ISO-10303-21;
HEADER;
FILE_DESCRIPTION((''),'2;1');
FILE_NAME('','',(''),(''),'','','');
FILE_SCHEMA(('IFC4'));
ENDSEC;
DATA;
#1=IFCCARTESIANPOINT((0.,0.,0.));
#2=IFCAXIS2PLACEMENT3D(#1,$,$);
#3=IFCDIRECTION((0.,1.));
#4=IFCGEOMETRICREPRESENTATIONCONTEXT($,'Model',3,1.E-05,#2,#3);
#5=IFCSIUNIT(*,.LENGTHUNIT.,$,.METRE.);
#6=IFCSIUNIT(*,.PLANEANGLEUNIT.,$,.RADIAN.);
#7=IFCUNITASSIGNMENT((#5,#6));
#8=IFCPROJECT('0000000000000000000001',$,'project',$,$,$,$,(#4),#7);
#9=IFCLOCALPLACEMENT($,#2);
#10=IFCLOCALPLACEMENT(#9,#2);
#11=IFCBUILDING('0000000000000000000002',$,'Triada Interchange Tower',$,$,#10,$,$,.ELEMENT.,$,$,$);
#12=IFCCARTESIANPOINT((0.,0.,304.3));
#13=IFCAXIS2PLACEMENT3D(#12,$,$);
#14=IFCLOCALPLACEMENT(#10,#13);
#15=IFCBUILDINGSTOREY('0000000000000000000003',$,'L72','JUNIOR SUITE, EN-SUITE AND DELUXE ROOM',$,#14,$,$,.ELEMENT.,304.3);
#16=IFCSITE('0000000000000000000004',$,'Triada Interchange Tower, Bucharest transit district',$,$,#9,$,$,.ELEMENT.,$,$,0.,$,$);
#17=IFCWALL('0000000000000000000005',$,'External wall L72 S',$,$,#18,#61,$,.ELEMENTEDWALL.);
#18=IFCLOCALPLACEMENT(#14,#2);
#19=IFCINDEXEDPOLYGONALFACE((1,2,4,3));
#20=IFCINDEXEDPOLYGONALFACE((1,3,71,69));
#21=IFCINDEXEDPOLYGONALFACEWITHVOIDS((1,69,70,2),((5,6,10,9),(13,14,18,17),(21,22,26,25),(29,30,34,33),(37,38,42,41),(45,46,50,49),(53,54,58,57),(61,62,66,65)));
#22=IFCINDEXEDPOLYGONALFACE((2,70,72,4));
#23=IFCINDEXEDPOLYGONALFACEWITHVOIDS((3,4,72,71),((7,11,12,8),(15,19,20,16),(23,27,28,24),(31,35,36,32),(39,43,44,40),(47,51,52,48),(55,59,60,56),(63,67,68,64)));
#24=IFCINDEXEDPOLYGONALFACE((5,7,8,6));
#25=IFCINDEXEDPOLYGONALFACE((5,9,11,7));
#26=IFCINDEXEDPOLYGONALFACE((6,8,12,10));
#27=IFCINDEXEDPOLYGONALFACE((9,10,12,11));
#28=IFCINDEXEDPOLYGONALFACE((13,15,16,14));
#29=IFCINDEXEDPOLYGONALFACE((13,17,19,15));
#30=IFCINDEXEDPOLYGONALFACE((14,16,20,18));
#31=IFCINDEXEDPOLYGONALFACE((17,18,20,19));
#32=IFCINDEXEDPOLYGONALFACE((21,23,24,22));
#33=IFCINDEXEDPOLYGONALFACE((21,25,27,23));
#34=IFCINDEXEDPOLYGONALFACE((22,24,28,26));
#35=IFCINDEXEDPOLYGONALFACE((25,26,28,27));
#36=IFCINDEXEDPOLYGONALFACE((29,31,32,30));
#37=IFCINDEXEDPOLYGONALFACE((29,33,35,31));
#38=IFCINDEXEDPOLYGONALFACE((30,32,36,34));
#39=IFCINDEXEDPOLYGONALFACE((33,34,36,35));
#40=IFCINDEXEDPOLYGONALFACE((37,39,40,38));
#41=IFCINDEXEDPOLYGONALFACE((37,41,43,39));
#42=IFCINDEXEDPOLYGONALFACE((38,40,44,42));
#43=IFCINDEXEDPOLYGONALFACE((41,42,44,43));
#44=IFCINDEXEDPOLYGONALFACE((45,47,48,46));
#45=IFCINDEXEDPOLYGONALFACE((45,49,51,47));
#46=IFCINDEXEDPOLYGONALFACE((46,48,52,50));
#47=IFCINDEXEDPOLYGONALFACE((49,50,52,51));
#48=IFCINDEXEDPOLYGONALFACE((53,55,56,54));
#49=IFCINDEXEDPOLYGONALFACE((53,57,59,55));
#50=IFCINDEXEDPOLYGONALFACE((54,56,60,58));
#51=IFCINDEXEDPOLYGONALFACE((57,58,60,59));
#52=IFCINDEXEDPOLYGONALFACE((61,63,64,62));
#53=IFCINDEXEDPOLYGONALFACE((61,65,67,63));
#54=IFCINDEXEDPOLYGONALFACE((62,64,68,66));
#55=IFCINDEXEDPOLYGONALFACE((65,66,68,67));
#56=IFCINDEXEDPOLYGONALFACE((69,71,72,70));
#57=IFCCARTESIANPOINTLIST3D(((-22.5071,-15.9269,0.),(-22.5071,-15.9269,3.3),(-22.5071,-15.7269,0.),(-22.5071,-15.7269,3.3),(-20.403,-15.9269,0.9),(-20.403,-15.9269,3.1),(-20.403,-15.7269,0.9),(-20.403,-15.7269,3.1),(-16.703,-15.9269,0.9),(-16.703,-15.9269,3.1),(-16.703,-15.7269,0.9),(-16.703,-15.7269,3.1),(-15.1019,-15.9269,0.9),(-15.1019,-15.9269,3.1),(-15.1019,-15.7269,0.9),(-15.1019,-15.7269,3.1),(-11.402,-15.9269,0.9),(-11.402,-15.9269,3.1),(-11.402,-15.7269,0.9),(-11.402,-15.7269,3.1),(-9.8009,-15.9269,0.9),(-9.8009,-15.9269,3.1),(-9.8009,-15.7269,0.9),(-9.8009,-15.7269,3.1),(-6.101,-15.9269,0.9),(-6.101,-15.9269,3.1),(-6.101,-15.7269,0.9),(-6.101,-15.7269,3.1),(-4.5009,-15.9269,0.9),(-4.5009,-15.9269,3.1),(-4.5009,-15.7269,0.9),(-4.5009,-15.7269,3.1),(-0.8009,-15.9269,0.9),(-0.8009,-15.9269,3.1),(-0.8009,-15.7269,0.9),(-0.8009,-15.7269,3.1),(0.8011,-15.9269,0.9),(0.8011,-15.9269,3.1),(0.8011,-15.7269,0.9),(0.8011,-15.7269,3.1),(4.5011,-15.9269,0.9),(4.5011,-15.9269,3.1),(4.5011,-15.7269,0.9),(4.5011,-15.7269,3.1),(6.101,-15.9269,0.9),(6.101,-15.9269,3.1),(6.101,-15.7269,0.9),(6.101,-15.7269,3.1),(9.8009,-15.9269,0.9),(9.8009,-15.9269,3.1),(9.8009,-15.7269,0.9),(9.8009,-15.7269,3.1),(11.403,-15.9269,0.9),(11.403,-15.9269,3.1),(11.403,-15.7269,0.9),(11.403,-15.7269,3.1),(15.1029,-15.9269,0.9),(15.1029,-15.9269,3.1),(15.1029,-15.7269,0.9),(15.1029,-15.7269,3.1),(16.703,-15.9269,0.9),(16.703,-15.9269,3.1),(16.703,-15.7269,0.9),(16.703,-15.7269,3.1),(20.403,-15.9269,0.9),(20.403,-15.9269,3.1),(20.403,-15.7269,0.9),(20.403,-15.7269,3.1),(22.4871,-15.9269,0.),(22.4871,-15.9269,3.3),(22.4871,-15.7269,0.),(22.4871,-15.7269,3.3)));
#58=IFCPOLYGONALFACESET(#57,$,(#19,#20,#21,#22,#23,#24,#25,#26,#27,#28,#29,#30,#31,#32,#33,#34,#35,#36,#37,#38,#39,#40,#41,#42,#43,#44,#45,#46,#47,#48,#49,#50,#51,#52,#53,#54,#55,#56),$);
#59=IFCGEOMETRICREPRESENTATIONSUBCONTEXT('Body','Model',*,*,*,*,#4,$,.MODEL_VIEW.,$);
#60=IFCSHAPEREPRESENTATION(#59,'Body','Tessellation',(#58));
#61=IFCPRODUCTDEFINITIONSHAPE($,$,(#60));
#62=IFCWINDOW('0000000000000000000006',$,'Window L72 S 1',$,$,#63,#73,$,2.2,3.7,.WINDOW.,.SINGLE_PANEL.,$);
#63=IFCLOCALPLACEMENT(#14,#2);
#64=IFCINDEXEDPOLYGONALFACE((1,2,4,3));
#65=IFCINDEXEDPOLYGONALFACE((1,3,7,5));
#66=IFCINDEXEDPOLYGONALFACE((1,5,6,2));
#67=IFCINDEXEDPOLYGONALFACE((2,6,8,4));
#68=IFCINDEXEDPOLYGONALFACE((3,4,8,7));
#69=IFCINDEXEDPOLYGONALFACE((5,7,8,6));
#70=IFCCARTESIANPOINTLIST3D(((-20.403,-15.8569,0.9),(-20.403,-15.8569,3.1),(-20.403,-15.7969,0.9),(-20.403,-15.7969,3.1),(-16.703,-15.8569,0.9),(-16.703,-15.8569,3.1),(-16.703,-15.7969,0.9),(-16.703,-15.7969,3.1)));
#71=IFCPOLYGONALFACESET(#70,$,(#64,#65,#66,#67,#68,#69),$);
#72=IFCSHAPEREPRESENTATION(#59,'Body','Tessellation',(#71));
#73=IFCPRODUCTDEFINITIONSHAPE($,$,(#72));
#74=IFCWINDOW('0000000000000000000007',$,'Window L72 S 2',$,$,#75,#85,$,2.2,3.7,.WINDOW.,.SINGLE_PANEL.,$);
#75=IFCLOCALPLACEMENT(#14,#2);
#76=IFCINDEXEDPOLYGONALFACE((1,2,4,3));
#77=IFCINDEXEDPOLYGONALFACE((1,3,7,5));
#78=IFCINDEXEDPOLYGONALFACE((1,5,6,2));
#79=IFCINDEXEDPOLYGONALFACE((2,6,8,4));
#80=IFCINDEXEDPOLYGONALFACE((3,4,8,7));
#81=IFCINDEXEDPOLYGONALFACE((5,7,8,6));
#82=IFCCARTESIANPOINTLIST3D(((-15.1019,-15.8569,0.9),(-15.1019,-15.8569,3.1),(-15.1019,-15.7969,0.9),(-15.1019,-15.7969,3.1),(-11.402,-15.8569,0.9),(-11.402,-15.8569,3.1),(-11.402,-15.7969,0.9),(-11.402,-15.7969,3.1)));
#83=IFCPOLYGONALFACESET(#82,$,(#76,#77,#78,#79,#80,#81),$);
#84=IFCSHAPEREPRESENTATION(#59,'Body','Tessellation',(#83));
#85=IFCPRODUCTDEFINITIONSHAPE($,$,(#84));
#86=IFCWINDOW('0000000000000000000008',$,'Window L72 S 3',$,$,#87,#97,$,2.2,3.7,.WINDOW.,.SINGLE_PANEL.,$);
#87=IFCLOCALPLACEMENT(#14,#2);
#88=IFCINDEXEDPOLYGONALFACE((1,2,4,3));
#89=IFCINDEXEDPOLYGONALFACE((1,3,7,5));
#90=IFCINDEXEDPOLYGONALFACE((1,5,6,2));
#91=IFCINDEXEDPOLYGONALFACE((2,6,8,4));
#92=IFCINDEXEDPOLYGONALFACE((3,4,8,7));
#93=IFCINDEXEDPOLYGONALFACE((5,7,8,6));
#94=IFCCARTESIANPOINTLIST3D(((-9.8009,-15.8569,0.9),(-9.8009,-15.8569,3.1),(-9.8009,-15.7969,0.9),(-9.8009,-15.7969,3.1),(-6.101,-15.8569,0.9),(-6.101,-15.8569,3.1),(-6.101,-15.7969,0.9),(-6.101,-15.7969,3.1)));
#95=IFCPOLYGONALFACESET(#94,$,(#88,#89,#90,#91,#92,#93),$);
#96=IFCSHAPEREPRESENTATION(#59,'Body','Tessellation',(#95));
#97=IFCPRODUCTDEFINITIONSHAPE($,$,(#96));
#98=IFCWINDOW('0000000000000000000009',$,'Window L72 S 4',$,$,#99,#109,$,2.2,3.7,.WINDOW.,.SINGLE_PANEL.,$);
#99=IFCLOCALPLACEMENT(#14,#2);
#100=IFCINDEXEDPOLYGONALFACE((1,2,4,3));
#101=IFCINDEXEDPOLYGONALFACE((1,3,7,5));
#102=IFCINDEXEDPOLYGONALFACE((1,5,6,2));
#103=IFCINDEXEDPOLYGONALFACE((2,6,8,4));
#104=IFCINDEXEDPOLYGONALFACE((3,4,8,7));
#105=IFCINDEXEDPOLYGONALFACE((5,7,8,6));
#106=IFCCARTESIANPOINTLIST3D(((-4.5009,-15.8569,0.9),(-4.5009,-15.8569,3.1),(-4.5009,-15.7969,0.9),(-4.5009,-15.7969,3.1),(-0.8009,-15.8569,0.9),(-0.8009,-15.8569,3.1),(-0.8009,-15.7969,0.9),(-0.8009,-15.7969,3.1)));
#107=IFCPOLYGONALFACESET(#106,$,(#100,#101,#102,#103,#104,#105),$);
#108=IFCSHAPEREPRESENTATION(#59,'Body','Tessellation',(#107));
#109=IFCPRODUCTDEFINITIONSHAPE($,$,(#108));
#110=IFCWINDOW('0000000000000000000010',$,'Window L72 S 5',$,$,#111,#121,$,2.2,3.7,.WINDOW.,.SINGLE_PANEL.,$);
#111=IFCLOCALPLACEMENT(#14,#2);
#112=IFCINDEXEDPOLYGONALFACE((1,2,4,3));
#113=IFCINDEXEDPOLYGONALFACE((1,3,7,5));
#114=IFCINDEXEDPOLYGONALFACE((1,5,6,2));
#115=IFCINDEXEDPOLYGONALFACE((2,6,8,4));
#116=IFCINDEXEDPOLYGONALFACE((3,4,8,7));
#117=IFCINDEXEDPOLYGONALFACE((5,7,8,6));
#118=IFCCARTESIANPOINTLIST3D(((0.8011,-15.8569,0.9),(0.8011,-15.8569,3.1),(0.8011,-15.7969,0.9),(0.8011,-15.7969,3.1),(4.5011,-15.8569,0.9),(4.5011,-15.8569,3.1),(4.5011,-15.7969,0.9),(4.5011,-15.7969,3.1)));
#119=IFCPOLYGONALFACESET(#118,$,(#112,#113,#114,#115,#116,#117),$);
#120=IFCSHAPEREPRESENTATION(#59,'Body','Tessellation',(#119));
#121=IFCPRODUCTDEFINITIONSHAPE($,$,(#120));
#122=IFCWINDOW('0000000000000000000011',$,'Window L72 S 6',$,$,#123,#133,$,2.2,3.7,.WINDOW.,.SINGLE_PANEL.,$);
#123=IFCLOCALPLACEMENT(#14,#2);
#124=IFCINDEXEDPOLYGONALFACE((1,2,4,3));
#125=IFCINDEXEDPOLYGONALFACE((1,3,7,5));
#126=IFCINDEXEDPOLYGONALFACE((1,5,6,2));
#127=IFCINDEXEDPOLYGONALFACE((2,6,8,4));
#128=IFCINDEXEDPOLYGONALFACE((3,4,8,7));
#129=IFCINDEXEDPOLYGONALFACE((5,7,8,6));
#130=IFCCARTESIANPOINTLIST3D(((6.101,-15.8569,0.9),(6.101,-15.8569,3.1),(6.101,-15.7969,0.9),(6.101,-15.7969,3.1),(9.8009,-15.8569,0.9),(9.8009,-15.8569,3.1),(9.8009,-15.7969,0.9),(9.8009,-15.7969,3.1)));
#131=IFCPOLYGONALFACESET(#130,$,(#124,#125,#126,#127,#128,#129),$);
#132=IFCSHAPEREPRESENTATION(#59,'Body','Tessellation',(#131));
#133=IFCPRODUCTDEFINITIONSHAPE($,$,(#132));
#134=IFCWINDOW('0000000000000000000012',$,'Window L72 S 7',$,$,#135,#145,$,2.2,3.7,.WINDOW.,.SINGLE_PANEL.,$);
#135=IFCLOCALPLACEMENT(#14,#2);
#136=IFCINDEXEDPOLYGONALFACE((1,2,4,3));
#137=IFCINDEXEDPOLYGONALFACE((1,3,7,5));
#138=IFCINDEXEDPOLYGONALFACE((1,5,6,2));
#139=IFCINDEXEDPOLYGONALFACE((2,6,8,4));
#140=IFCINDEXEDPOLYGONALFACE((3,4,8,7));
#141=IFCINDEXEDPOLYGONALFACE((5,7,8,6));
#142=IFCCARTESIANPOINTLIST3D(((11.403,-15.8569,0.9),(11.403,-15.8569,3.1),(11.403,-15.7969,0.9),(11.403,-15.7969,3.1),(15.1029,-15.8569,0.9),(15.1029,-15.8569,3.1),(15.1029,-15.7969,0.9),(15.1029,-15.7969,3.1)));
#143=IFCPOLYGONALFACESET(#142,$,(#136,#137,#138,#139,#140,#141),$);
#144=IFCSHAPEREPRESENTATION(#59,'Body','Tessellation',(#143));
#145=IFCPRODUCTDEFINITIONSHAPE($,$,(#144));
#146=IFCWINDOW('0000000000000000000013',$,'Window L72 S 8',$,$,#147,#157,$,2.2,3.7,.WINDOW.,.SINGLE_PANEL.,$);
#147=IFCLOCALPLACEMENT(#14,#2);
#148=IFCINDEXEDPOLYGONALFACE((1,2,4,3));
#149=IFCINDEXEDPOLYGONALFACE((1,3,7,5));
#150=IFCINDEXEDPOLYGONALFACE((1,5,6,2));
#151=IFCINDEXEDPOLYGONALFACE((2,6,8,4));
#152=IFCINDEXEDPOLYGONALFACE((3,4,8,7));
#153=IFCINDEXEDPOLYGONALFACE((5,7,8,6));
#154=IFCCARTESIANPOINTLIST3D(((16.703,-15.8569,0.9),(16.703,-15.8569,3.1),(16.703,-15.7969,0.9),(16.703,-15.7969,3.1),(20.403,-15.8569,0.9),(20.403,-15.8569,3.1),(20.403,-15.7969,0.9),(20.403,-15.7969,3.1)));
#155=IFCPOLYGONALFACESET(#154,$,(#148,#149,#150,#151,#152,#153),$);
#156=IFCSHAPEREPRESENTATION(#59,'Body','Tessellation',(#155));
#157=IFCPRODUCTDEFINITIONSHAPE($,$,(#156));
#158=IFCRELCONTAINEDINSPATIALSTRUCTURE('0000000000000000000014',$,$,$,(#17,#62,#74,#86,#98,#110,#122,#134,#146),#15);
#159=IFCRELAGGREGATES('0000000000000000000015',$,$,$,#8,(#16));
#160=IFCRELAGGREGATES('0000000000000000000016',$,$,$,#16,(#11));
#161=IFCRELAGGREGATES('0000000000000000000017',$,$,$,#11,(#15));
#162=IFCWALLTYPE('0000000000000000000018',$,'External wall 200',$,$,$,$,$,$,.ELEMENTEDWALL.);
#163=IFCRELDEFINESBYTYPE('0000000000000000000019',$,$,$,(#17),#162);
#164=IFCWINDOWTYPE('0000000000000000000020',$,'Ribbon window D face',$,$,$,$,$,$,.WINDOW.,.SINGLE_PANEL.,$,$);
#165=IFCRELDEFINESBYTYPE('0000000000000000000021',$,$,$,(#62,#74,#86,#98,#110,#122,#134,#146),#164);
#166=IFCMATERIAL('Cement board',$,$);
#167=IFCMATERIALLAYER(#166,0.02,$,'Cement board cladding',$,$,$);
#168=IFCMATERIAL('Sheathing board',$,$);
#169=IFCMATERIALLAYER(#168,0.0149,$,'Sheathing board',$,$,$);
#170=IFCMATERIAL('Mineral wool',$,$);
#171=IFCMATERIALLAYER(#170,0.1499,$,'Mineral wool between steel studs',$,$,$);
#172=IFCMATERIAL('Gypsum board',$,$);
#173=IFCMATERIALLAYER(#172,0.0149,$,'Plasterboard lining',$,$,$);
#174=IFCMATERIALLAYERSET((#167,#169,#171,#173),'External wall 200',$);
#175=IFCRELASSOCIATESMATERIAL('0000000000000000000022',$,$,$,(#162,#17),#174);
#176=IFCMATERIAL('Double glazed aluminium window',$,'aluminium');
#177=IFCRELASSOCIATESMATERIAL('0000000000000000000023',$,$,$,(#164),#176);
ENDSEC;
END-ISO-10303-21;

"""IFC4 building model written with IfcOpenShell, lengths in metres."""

from ifc_helpers import new_model, si_unit, direction, frame, frame_2d, origin, place, context, subcontext, project, spatial, rectangle, extrude, material, layer, layer_set, layer_usage, type_object, element, fill, save


model = new_model("IFC4")

# Units and contexts
model_context = context("Model", 3, precision=1e-05, world=origin(), true_north=direction((0.0, 1.0)))
body_context = subcontext(model_context, "Body", "Model", "MODEL_VIEW")
ifc_project = project(units=[si_unit("LENGTHUNIT", "METRE"), si_unit("PLANEANGLEUNIT", "RADIAN")], contexts=[model_context])

# Site, building, storey
site_placement = place(None, origin())
site = spatial("IfcSite", under=ifc_project, at=site_placement, Name="Triada Interchange Tower, Bucharest transit district", CompositionType="ELEMENT", RefElevation=0.0)
building_placement = place(site_placement, origin())
building = spatial("IfcBuilding", under=site, at=building_placement, Name="Triada Interchange Tower", CompositionType="ELEMENT")
storey_placement = place(building_placement, frame((0.0, 0.0, 304.3)))
storey = spatial("IfcBuildingStorey", under=building, at=storey_placement, Name="L72", Description="JUNIOR SUITE, EN-SUITE AND DELUXE ROOM", CompositionType="ELEMENT", Elevation=304.3)

# Shared definitions
ifc_material_1 = material(Name="Cement board")
ifc_layer_1 = layer(ifc_material_1, 0.02, Name="Cement board cladding")
ifc_material_2 = material(Name="Sheathing board")
ifc_layer_2 = layer(ifc_material_2, 0.0149, Name="Sheathing board")
ifc_material_3 = material(Name="Mineral wool")
ifc_layer_3 = layer(ifc_material_3, 0.1499, Name="Mineral wool between steel studs")
ifc_material_4 = material(Name="Gypsum board")
ifc_layer_4 = layer(ifc_material_4, 0.0149, Name="Plasterboard lining")
ifc_layer_set_1 = layer_set([ifc_layer_1, ifc_layer_2, ifc_layer_3, ifc_layer_4], Name="External wall 200")
ifc_layer_usage = layer_usage(ifc_layer_set_1, "AXIS2", "POSITIVE", -0.1001)
wall_type = type_object("IfcWallType", Name="External wall 200", PredefinedType="ELEMENTEDWALL", material=ifc_layer_set_1)
ifc_material_5 = material(Name="Double glazed aluminium window", Category="aluminium")

# Wall, openings, windows
wall_1_placement = place(storey_placement, frame((-22.5071, -15.8269, 0.0), z_axis=(0.0, 0.0, 1.0), x_axis=(1.0, 0.0, 0.0)))
wall_1 = element("IfcWall", 1, at=wall_1_placement, inside=storey, type_object=wall_type, material=ifc_layer_usage, Name="External wall L72 S", PredefinedType="ELEMENTEDWALL", context=body_context, shape_type="SweptSolid", body=[
    extrude(rectangle(XDim=44.9941, YDim=0.2, at=frame_2d((22.4971, 0.0))), origin(), (0.0, 0.0, 1.0), 3.3),
])
opening_1_placement = place(wall_1_placement, frame((2.104, 0.0, 0.8999)))
opening_1 = element("IfcOpeningElement", 2, at=opening_1_placement, cuts=wall_1, PredefinedType="OPENING", context=body_context, shape_type="SweptSolid", body=[
    extrude(rectangle(XDim=3.7, YDim=2.2, at=frame_2d((1.8501, 1.1001))), frame((0.0, 0.1099, 0.0), z_axis=(0.0, -1.0, 0.0), x_axis=(1.0, 0.0, 0.0)), (0.0, 0.0, 1.0), 0.22),
])
opening_2_placement = place(wall_1_placement, frame((7.405, 0.0, 0.8999)))
opening_2 = element("IfcOpeningElement", 3, at=opening_2_placement, cuts=wall_1, PredefinedType="OPENING", context=body_context, shape_type="SweptSolid", body=[
    extrude(rectangle(XDim=3.7, YDim=2.2, at=frame_2d((1.8501, 1.1001))), frame((0.0, 0.1099, 0.0), z_axis=(0.0, -1.0, 0.0), x_axis=(1.0, 0.0, 0.0)), (0.0, 0.0, 1.0), 0.22),
])
opening_3_placement = place(wall_1_placement, frame((12.7061, 0.0, 0.8999)))
opening_3 = element("IfcOpeningElement", 4, at=opening_3_placement, cuts=wall_1, PredefinedType="OPENING", context=body_context, shape_type="SweptSolid", body=[
    extrude(rectangle(XDim=3.7, YDim=2.2, at=frame_2d((1.8501, 1.1001))), frame((0.0, 0.1099, 0.0), z_axis=(0.0, -1.0, 0.0), x_axis=(1.0, 0.0, 0.0)), (0.0, 0.0, 1.0), 0.22),
])
opening_4_placement = place(wall_1_placement, frame((18.0061, 0.0, 0.8999)))
opening_4 = element("IfcOpeningElement", 5, at=opening_4_placement, cuts=wall_1, PredefinedType="OPENING", context=body_context, shape_type="SweptSolid", body=[
    extrude(rectangle(XDim=3.7, YDim=2.2, at=frame_2d((1.8501, 1.1001))), frame((0.0, 0.1099, 0.0), z_axis=(0.0, -1.0, 0.0), x_axis=(1.0, 0.0, 0.0)), (0.0, 0.0, 1.0), 0.22),
])
opening_5_placement = place(wall_1_placement, frame((23.3081, 0.0, 0.8999)))
opening_5 = element("IfcOpeningElement", 6, at=opening_5_placement, cuts=wall_1, PredefinedType="OPENING", context=body_context, shape_type="SweptSolid", body=[
    extrude(rectangle(XDim=3.7, YDim=2.2, at=frame_2d((1.8501, 1.1001))), frame((0.0, 0.1099, 0.0), z_axis=(0.0, -1.0, 0.0), x_axis=(1.0, 0.0, 0.0)), (0.0, 0.0, 1.0), 0.22),
])
opening_6_placement = place(wall_1_placement, frame((28.6079, 0.0, 0.8999)))
opening_6 = element("IfcOpeningElement", 7, at=opening_6_placement, cuts=wall_1, PredefinedType="OPENING", context=body_context, shape_type="SweptSolid", body=[
    extrude(rectangle(XDim=3.7, YDim=2.2, at=frame_2d((1.8501, 1.1001))), frame((0.0, 0.1099, 0.0), z_axis=(0.0, -1.0, 0.0), x_axis=(1.0, 0.0, 0.0)), (0.0, 0.0, 1.0), 0.22),
])
opening_7_placement = place(wall_1_placement, frame((33.9099, 0.0, 0.8999)))
opening_7 = element("IfcOpeningElement", 8, at=opening_7_placement, cuts=wall_1, PredefinedType="OPENING", context=body_context, shape_type="SweptSolid", body=[
    extrude(rectangle(XDim=3.7, YDim=2.2, at=frame_2d((1.8501, 1.1001))), frame((0.0, 0.1099, 0.0), z_axis=(0.0, -1.0, 0.0), x_axis=(1.0, 0.0, 0.0)), (0.0, 0.0, 1.0), 0.22),
])
opening_8_placement = place(wall_1_placement, frame((39.21, 0.0, 0.8999)))
opening_8 = element("IfcOpeningElement", 9, at=opening_8_placement, cuts=wall_1, PredefinedType="OPENING", context=body_context, shape_type="SweptSolid", body=[
    extrude(rectangle(XDim=3.7, YDim=2.2, at=frame_2d((1.8501, 1.1001))), frame((0.0, 0.1099, 0.0), z_axis=(0.0, -1.0, 0.0), x_axis=(1.0, 0.0, 0.0)), (0.0, 0.0, 1.0), 0.22),
])
window_type_1 = type_object("IfcWindowType", Name="Ribbon window D face", PartitioningType="SINGLE_PANEL", PredefinedType="WINDOW", material=ifc_material_5)
window_1_placement = place(opening_1_placement, origin())
window_1 = element("IfcWindow", 10, at=window_1_placement, inside=storey, type_object=window_type_1, Name="Window L72 S 1", OverallHeight=2.2, OverallWidth=3.7, PartitioningType="SINGLE_PANEL", PredefinedType="WINDOW", context=body_context, shape_type="SweptSolid", body=[
    extrude(rectangle(XDim=3.7, YDim=2.2, at=frame_2d((1.8501, 1.1001))), frame((0.0, 0.03, 0.0), z_axis=(0.0, -1.0, 0.0), x_axis=(1.0, 0.0, 0.0)), (0.0, 0.0, 1.0), 0.0601),
])
fill(opening_1, window_1)
window_2_placement = place(opening_2_placement, origin())
window_2 = element("IfcWindow", 11, at=window_2_placement, inside=storey, type_object=window_type_1, Name="Window L72 S 2", OverallHeight=2.2, OverallWidth=3.7, PartitioningType="SINGLE_PANEL", PredefinedType="WINDOW", context=body_context, shape_type="SweptSolid", body=[
    extrude(rectangle(XDim=3.7, YDim=2.2, at=frame_2d((1.8501, 1.1001))), frame((0.0, 0.03, 0.0), z_axis=(0.0, -1.0, 0.0), x_axis=(1.0, 0.0, 0.0)), (0.0, 0.0, 1.0), 0.0601),
])
fill(opening_2, window_2)
window_3_placement = place(opening_3_placement, origin())
window_3 = element("IfcWindow", 12, at=window_3_placement, inside=storey, type_object=window_type_1, Name="Window L72 S 3", OverallHeight=2.2, OverallWidth=3.7, PartitioningType="SINGLE_PANEL", PredefinedType="WINDOW", context=body_context, shape_type="SweptSolid", body=[
    extrude(rectangle(XDim=3.7, YDim=2.2, at=frame_2d((1.8501, 1.1001))), frame((0.0, 0.03, 0.0), z_axis=(0.0, -1.0, 0.0), x_axis=(1.0, 0.0, 0.0)), (0.0, 0.0, 1.0), 0.0601),
])
fill(opening_3, window_3)
window_4_placement = place(opening_4_placement, origin())
window_4 = element("IfcWindow", 13, at=window_4_placement, inside=storey, type_object=window_type_1, Name="Window L72 S 4", OverallHeight=2.2, OverallWidth=3.7, PartitioningType="SINGLE_PANEL", PredefinedType="WINDOW", context=body_context, shape_type="SweptSolid", body=[
    extrude(rectangle(XDim=3.7, YDim=2.2, at=frame_2d((1.8501, 1.1001))), frame((0.0, 0.03, 0.0), z_axis=(0.0, -1.0, 0.0), x_axis=(1.0, 0.0, 0.0)), (0.0, 0.0, 1.0), 0.0601),
])
fill(opening_4, window_4)
window_5_placement = place(opening_5_placement, origin())
window_5 = element("IfcWindow", 14, at=window_5_placement, inside=storey, type_object=window_type_1, Name="Window L72 S 5", OverallHeight=2.2, OverallWidth=3.7, PartitioningType="SINGLE_PANEL", PredefinedType="WINDOW", context=body_context, shape_type="SweptSolid", body=[
    extrude(rectangle(XDim=3.7, YDim=2.2, at=frame_2d((1.8501, 1.1001))), frame((0.0, 0.03, 0.0), z_axis=(0.0, -1.0, 0.0), x_axis=(1.0, 0.0, 0.0)), (0.0, 0.0, 1.0), 0.0601),
])
fill(opening_5, window_5)
window_6_placement = place(opening_6_placement, origin())
window_6 = element("IfcWindow", 15, at=window_6_placement, inside=storey, type_object=window_type_1, Name="Window L72 S 6", OverallHeight=2.2, OverallWidth=3.7, PartitioningType="SINGLE_PANEL", PredefinedType="WINDOW", context=body_context, shape_type="SweptSolid", body=[
    extrude(rectangle(XDim=3.7, YDim=2.2, at=frame_2d((1.8501, 1.1001))), frame((0.0, 0.03, 0.0), z_axis=(0.0, -1.0, 0.0), x_axis=(1.0, 0.0, 0.0)), (0.0, 0.0, 1.0), 0.0601),
])
fill(opening_6, window_6)
window_7_placement = place(opening_7_placement, origin())
window_7 = element("IfcWindow", 16, at=window_7_placement, inside=storey, type_object=window_type_1, Name="Window L72 S 7", OverallHeight=2.2, OverallWidth=3.7, PartitioningType="SINGLE_PANEL", PredefinedType="WINDOW", context=body_context, shape_type="SweptSolid", body=[
    extrude(rectangle(XDim=3.7, YDim=2.2, at=frame_2d((1.8501, 1.1001))), frame((0.0, 0.03, 0.0), z_axis=(0.0, -1.0, 0.0), x_axis=(1.0, 0.0, 0.0)), (0.0, 0.0, 1.0), 0.0601),
])
fill(opening_7, window_7)
window_8_placement = place(opening_8_placement, origin())
window_8 = element("IfcWindow", 17, at=window_8_placement, inside=storey, type_object=window_type_1, Name="Window L72 S 8", OverallHeight=2.2, OverallWidth=3.7, PartitioningType="SINGLE_PANEL", PredefinedType="WINDOW", context=body_context, shape_type="SweptSolid", body=[
    extrude(rectangle(XDim=3.7, YDim=2.2, at=frame_2d((1.8501, 1.1001))), frame((0.0, 0.03, 0.0), z_axis=(0.0, -1.0, 0.0), x_axis=(1.0, 0.0, 0.0)), (0.0, 0.0, 1.0), 0.0601),
])
fill(opening_8, window_8)

save(model, "model.ifc")
